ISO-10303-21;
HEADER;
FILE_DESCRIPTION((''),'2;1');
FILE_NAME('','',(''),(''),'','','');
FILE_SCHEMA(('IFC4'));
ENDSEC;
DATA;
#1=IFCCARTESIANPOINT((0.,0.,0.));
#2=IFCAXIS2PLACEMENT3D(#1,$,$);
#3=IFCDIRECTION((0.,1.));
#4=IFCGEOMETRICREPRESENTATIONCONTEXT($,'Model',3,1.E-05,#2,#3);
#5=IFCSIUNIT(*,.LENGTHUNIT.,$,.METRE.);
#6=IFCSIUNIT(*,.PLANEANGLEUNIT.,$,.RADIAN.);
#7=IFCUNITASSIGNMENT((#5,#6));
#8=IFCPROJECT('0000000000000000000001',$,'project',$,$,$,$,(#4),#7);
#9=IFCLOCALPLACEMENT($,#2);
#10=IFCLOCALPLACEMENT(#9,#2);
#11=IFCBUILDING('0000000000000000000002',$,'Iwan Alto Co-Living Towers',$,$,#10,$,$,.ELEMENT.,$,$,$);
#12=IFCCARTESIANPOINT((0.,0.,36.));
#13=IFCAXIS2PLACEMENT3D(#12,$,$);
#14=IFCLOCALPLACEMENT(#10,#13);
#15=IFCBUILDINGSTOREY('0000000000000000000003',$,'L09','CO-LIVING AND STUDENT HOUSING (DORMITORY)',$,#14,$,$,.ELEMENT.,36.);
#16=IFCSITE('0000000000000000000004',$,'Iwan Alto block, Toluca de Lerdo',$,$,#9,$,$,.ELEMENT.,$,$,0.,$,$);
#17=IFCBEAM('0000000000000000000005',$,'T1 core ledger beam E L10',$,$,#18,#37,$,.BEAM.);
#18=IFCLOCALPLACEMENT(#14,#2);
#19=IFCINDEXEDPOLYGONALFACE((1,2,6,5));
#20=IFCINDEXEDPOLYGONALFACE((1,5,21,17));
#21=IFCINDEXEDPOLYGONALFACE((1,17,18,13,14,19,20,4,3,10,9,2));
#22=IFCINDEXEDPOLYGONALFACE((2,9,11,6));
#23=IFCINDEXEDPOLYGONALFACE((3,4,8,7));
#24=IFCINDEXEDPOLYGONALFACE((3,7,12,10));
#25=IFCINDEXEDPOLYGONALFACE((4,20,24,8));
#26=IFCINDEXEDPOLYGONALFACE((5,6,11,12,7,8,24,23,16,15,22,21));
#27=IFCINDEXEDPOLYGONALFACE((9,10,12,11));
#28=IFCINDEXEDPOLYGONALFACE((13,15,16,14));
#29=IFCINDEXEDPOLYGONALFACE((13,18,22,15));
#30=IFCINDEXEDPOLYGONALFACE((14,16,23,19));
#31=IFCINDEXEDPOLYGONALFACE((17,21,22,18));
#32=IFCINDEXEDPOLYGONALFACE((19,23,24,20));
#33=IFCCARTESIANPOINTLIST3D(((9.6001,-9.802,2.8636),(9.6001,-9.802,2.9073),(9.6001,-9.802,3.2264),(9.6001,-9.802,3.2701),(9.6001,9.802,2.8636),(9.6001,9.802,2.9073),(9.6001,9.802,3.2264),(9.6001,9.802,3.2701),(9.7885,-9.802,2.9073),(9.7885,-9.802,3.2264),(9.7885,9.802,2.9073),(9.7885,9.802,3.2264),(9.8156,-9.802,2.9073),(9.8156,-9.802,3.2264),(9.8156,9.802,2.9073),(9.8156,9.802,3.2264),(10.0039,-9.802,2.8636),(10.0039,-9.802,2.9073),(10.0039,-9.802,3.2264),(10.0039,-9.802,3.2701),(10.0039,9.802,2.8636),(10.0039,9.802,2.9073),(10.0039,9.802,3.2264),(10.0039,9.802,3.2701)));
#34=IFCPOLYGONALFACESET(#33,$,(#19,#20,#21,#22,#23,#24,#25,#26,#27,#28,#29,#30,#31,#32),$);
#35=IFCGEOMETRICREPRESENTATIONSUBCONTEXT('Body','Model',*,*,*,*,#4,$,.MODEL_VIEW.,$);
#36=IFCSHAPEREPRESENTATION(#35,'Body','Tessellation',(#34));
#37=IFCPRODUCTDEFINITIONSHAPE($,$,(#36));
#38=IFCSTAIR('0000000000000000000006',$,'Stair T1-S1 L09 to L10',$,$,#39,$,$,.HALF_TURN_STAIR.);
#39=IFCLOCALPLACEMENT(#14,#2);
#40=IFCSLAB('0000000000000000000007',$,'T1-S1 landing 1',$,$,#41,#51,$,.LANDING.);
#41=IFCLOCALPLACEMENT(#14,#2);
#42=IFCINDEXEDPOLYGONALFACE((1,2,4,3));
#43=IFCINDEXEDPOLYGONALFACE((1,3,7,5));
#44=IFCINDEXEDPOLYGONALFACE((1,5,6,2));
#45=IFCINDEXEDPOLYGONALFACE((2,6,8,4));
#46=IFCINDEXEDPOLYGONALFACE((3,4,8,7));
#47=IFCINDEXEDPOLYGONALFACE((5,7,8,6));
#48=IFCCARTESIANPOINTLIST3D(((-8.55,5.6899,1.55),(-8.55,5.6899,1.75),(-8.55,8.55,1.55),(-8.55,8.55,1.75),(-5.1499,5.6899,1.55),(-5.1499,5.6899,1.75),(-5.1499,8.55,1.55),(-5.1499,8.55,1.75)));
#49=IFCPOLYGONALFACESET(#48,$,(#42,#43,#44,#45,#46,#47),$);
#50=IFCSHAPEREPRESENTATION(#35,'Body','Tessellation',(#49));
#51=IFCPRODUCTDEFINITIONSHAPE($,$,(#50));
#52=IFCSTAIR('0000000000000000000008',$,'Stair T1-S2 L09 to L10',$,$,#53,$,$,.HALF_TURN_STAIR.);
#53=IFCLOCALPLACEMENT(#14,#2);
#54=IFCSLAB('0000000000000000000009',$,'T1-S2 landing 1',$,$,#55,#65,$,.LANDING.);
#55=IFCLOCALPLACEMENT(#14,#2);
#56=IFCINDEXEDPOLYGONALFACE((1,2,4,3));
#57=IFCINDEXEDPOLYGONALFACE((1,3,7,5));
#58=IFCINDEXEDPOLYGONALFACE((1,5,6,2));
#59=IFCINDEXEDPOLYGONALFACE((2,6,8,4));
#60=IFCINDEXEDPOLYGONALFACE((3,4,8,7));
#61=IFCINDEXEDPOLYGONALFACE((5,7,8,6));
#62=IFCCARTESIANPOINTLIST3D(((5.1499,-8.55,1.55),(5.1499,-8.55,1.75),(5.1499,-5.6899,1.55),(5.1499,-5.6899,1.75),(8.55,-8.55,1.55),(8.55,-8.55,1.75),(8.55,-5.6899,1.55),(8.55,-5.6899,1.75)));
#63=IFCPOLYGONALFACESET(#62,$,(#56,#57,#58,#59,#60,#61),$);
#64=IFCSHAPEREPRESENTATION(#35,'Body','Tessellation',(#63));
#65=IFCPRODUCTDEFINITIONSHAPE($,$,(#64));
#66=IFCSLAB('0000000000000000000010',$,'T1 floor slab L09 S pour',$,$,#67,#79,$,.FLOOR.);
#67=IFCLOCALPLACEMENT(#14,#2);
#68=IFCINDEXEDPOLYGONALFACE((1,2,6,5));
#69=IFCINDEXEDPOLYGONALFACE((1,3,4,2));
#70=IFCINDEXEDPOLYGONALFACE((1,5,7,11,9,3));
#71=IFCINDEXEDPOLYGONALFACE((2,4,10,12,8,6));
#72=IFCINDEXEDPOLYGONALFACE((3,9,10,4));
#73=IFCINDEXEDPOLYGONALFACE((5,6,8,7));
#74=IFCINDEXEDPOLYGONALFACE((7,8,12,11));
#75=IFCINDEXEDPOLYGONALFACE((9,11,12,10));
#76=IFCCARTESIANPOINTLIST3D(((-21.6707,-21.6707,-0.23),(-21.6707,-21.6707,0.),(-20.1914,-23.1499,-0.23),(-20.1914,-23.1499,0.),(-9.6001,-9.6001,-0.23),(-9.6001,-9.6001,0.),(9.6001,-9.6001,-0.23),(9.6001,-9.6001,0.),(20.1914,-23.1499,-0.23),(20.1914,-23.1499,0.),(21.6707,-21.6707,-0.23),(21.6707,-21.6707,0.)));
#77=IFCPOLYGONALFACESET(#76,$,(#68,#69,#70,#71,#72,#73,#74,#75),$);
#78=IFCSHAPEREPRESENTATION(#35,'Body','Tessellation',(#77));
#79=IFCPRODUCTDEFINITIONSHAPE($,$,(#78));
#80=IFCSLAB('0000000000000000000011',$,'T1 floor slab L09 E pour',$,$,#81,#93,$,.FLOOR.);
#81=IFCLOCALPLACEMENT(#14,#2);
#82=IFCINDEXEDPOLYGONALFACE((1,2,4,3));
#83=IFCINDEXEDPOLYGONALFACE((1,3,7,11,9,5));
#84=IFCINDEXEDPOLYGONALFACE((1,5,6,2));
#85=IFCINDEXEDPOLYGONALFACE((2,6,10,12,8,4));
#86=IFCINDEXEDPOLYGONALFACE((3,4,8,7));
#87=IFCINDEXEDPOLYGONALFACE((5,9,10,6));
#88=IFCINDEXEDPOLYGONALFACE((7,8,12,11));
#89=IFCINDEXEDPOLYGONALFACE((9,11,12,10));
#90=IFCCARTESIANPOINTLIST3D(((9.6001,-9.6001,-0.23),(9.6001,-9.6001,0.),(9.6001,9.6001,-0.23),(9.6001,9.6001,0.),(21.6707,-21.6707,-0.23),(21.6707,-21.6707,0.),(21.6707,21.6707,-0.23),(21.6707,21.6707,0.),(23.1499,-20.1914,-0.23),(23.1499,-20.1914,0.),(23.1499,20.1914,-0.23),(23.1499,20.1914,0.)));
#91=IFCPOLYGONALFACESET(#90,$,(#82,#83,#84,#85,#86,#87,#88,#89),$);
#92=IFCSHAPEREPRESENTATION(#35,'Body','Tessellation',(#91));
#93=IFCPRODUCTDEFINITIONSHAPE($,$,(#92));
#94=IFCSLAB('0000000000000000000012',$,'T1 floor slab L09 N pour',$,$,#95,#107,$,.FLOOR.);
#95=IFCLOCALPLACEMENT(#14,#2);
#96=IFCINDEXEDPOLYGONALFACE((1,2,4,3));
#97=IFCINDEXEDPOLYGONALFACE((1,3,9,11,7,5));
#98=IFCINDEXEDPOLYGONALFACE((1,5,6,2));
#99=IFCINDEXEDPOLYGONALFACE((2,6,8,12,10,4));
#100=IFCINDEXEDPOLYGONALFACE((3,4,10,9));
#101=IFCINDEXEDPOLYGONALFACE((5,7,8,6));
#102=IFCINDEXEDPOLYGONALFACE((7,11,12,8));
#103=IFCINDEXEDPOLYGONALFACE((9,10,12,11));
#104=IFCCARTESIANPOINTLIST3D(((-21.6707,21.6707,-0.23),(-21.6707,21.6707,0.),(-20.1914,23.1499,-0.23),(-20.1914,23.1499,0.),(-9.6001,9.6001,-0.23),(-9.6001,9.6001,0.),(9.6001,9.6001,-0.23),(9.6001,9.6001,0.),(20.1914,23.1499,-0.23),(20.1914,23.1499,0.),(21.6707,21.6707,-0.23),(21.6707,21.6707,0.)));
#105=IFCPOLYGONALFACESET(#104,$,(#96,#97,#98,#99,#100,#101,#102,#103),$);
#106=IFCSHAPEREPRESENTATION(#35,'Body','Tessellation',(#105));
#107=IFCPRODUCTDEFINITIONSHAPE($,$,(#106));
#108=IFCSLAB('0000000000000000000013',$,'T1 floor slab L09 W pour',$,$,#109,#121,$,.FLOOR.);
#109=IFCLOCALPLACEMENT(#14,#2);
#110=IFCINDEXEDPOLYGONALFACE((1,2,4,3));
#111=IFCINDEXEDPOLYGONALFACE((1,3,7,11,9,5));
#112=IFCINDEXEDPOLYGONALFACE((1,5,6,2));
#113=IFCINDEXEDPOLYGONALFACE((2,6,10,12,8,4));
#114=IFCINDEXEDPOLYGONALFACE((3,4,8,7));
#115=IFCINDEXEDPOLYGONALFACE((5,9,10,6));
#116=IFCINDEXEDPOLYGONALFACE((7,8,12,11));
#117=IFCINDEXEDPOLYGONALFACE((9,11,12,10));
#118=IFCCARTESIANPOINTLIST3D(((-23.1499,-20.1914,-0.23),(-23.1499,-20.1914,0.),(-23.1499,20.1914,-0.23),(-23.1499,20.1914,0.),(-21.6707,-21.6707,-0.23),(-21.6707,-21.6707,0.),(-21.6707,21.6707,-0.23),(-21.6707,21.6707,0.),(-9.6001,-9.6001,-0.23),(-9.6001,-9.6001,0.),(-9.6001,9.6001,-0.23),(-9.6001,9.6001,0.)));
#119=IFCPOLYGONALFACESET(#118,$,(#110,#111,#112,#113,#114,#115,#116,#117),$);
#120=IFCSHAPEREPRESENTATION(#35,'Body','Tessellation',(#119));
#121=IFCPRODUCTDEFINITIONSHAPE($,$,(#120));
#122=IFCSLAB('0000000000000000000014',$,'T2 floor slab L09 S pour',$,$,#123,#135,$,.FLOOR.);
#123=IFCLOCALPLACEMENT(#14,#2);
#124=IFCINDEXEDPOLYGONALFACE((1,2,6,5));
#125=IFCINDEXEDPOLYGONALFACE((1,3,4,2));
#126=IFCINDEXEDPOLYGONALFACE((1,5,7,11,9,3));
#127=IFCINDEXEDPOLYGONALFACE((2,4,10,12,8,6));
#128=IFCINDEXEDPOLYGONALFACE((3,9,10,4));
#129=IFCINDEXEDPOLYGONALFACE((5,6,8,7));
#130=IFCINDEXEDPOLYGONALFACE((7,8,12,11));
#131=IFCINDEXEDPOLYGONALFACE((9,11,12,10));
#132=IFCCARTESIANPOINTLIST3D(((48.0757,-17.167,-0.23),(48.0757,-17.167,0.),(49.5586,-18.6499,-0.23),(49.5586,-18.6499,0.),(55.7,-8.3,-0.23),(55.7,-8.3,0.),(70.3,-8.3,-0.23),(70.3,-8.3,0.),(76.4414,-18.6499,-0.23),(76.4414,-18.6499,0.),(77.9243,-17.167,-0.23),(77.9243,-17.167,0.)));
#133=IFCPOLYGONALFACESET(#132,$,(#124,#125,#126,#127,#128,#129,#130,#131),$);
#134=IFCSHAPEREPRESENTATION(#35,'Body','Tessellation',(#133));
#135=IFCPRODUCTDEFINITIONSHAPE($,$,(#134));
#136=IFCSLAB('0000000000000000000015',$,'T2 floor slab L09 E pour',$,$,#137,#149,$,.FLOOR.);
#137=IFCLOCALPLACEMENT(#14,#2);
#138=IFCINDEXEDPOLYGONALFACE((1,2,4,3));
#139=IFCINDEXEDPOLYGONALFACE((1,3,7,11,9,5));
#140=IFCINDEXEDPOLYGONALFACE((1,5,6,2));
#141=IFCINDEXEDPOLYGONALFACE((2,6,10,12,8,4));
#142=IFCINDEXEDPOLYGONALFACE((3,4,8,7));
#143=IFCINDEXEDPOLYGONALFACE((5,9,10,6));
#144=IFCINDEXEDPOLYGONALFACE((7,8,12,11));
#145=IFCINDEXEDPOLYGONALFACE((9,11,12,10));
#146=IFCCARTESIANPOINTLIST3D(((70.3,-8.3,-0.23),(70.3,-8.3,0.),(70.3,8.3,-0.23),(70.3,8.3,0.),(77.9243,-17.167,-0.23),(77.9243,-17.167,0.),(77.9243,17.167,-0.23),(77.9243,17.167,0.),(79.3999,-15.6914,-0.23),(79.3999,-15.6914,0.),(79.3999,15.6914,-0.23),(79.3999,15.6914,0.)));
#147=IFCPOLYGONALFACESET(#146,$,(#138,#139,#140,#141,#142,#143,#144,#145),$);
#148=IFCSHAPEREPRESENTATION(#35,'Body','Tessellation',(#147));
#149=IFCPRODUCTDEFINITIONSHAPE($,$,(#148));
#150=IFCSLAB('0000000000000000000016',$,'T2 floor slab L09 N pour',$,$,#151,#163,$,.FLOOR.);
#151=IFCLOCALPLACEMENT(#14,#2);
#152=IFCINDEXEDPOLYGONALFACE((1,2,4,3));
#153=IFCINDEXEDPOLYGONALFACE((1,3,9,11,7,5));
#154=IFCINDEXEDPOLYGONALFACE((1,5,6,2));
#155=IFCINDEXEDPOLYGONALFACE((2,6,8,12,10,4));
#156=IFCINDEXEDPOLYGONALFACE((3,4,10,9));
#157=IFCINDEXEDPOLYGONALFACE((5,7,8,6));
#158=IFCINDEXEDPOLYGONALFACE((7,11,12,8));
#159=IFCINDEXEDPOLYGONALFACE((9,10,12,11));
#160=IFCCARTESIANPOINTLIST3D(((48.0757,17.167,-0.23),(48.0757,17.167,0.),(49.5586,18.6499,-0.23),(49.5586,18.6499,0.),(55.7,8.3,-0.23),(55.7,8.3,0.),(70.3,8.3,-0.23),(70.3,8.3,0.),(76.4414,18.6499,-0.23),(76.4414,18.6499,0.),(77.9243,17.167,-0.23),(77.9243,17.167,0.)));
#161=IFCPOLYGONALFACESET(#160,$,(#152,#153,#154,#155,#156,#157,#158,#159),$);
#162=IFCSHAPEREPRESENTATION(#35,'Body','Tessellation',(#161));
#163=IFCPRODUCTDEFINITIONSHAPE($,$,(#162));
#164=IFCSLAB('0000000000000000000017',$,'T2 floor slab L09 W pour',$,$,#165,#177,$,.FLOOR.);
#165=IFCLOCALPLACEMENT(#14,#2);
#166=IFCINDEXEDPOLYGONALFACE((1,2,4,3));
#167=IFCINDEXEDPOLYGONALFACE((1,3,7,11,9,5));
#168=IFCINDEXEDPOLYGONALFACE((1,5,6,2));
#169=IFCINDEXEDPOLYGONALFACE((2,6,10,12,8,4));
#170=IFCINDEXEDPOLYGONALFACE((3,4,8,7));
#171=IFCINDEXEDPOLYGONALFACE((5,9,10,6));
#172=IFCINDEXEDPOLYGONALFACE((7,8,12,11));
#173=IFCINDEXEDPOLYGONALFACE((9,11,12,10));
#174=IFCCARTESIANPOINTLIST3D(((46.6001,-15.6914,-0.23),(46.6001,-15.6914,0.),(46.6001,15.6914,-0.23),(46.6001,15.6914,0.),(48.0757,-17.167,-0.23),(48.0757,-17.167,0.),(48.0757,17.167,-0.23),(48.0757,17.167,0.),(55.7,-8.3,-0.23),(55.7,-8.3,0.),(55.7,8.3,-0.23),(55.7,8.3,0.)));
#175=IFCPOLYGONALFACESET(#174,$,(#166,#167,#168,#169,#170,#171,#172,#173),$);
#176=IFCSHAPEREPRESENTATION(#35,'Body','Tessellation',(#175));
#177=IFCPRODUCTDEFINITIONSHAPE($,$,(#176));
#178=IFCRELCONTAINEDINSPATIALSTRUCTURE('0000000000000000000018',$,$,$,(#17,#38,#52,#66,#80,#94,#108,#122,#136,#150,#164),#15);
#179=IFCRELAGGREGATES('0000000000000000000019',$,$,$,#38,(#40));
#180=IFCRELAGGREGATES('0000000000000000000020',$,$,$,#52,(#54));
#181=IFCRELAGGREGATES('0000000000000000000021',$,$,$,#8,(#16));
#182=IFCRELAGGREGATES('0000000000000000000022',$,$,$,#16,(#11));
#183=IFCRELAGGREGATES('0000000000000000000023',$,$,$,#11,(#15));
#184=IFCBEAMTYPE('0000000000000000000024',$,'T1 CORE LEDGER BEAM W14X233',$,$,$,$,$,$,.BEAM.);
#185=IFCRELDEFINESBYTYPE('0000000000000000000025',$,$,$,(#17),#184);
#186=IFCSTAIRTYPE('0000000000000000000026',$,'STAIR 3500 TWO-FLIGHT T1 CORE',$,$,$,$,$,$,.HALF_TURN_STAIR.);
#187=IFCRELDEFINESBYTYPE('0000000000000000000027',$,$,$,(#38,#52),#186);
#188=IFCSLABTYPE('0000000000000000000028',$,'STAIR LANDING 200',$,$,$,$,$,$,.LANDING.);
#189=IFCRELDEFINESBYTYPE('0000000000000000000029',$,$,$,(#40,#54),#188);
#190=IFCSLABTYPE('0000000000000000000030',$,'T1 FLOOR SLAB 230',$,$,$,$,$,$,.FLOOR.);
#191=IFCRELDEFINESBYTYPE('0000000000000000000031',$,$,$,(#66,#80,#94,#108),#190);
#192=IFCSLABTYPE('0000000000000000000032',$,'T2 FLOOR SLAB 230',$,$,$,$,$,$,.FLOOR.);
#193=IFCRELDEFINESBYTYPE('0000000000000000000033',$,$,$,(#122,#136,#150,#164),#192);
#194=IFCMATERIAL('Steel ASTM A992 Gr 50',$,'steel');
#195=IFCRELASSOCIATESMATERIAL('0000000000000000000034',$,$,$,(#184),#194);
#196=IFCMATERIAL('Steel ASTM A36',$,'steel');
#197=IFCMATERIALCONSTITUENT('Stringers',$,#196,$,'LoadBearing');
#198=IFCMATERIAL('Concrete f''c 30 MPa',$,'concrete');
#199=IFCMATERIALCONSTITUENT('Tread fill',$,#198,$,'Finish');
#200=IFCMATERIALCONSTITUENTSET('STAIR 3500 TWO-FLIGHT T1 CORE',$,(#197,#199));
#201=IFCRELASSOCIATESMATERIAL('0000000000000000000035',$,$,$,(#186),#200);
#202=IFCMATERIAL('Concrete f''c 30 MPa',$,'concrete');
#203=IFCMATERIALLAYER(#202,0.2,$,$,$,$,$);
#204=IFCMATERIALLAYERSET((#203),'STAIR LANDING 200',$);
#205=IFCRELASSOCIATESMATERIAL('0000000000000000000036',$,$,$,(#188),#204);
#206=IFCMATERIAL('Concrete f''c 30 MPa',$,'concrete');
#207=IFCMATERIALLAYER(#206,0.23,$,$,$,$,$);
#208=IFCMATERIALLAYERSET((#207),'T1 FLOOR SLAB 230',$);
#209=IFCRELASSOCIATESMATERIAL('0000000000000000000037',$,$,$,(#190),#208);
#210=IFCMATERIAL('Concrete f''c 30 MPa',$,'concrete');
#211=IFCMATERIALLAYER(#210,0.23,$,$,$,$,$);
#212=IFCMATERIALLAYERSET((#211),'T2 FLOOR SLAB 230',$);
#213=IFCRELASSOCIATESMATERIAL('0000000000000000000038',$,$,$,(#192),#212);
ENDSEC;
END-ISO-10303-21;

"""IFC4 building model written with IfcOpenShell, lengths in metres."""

from ifc_helpers import new_model, si_unit, direction, frame, origin, origin_2d, place, context, subcontext, project, spatial, polyline, i_section, outline, extrude, material, layer, layer_set, constituent, constituent_set, material_profile, profile_set, type_object, element, aggregate, save


model = new_model("IFC4")

# Units and contexts
model_context = context("Model", 3, precision=1e-05, world=origin(), true_north=direction((0.0, 1.0)))
body_context = subcontext(model_context, "Body", "Model", "MODEL_VIEW")
ifc_project = project(units=[si_unit("LENGTHUNIT", "METRE"), si_unit("PLANEANGLEUNIT", "RADIAN")], contexts=[model_context])

# Site, building, storey
site_placement = place(None, origin())
site = spatial("IfcSite", under=ifc_project, at=site_placement, Name="Iwan Alto block, Toluca de Lerdo", CompositionType="ELEMENT", RefElevation=0.0)
building_placement = place(site_placement, origin())
building = spatial("IfcBuilding", under=site, at=building_placement, Name="Iwan Alto Co-Living Towers", CompositionType="ELEMENT")
storey_placement = place(building_placement, frame((0.0, 0.0, 36.0)))
storey = spatial("IfcBuildingStorey", under=building, at=storey_placement, Name="L09", Description="CO-LIVING AND STUDENT HOUSING (DORMITORY)", CompositionType="ELEMENT", Elevation=36.0)

# Beam
ifc_material_1 = material(Name="Steel ASTM A992 Gr 50", Category="steel")
ifc_material_profile = material_profile(ifc_material_1, i_section(OverallWidth=0.4038, OverallDepth=0.4065, WebThickness=0.0271, FlangeThickness=0.0437, at=origin_2d()), Name="W14X233")
ifc_profile_set = profile_set([ifc_material_profile], Name="Steel ASTM A992 Gr 50")
beam_type = type_object("IfcBeamType", Name="T1 CORE LEDGER BEAM W14X233", PredefinedType="BEAM", material=ifc_profile_set)
beam_placement = place(storey_placement, frame((9.802, -9.802, 3.0669), z_axis=(0.0, 1.0, 0.0), x_axis=(-1.0, 0.0, 0.0)))
element("IfcBeam", 1, at=beam_placement, inside=storey, type_object=beam_type, Name="T1 core ledger beam E L10", PredefinedType="BEAM", context=body_context, shape_type="SweptSolid", body=[
    extrude(i_section(OverallWidth=0.4038, OverallDepth=0.4065, WebThickness=0.0271, FlangeThickness=0.0437, at=origin_2d()), origin(), (0.0, 0.0, 1.0), 19.604),
])

# Stairs, slabs
ifc_material_2 = material(Name="Steel ASTM A36", Category="steel")
ifc_constituent_1 = constituent(ifc_material_2, Name="Stringers", Category="LoadBearing")
ifc_material_3 = material(Name="Concrete f'c 30 MPa", Category="concrete")
ifc_constituent_2 = constituent(ifc_material_3, Name="Tread fill", Category="Finish")
ifc_constituent_set_1 = constituent_set(constituents=[ifc_constituent_1, ifc_constituent_2], Name="STAIR 3500 TWO-FLIGHT T1 CORE")
stair_type = type_object("IfcStairType", Name="STAIR 3500 TWO-FLIGHT T1 CORE", PredefinedType="HALF_TURN_STAIR", material=ifc_constituent_set_1)
stair_1_placement = place(storey_placement, origin())
stair_1 = element("IfcStair", 2, at=stair_1_placement, inside=storey, type_object=stair_type, Name="Stair T1-S1 L09 to L10", PredefinedType="HALF_TURN_STAIR")
ifc_material_4 = material(Name="Concrete f'c 30 MPa", Category="concrete")
ifc_layer_1 = layer(ifc_material_4, 0.2)
ifc_layer_set_1 = layer_set([ifc_layer_1], Name="STAIR LANDING 200")
slab_type_1 = type_object("IfcSlabType", Name="STAIR LANDING 200", PredefinedType="LANDING", material=ifc_layer_set_1)
slab_1_placement = place(storey_placement, frame((0.0, 0.0, 1.55)))
slab_1 = element("IfcSlab", 3, at=slab_1_placement, type_object=slab_type_1, Name="T1-S1 landing 1", PredefinedType="LANDING", context=body_context, shape_type="SweptSolid", body=[
    extrude(outline(polyline([(-8.55, 5.6899), (-8.55, 8.55), (-5.1499, 8.55), (-5.1499, 5.6899), (-8.55, 5.6899)])), origin(), (0.0, 0.0, 1.0), 0.2),
])
aggregate(stair_1, [slab_1])
stair_2_placement = place(storey_placement, origin())
stair_2 = element("IfcStair", 4, at=stair_2_placement, inside=storey, type_object=stair_type, Name="Stair T1-S2 L09 to L10", PredefinedType="HALF_TURN_STAIR")
slab_2_placement = place(storey_placement, frame((0.0, 0.0, 1.55)))
slab_2 = element("IfcSlab", 5, at=slab_2_placement, type_object=slab_type_1, Name="T1-S2 landing 1", PredefinedType="LANDING", context=body_context, shape_type="SweptSolid", body=[
    extrude(outline(polyline([(5.1499, -5.6899), (5.1499, -8.55), (8.55, -8.55), (8.55, -5.6899), (5.1499, -5.6899)])), origin(), (0.0, 0.0, 1.0), 0.2),
])

# Slabs
ifc_material_5 = material(Name="Concrete f'c 30 MPa", Category="concrete")
ifc_layer_2 = layer(ifc_material_5, 0.23)
ifc_layer_set_2 = layer_set([ifc_layer_2], Name="T1 FLOOR SLAB 230")
slab_type_2 = type_object("IfcSlabType", Name="T1 FLOOR SLAB 230", PredefinedType="FLOOR", material=ifc_layer_set_2)
slab_3_placement = place(storey_placement, frame((0.0, 0.0, -0.23)))
element("IfcSlab", 6, at=slab_3_placement, inside=storey, type_object=slab_type_2, Name="T1 floor slab L09 S pour", PredefinedType="FLOOR", context=body_context, shape_type="SweptSolid", body=[
    extrude(outline(polyline([(20.1914, -23.1499), (-20.1914, -23.1499), (-21.6707, -21.6707), (-9.6001, -9.6001), (9.6001, -9.6001), (21.6707, -21.6707), (20.1914, -23.1499)])), origin(), (0.0, 0.0, 1.0), 0.23),
])
slab_4_placement = place(storey_placement, frame((0.0, 0.0, -0.23)))
element("IfcSlab", 7, at=slab_4_placement, inside=storey, type_object=slab_type_2, Name="T1 floor slab L09 E pour", PredefinedType="FLOOR", context=body_context, shape_type="SweptSolid", body=[
    extrude(outline(polyline([(23.1499, 20.1914), (23.1499, -20.1914), (21.6707, -21.6707), (9.6001, -9.6001), (9.6001, 9.6001), (21.6707, 21.6707), (23.1499, 20.1914)])), origin(), (0.0, 0.0, 1.0), 0.23),
])
slab_5_placement = place(storey_placement, frame((0.0, 0.0, -0.23)))
element("IfcSlab", 8, at=slab_5_placement, inside=storey, type_object=slab_type_2, Name="T1 floor slab L09 N pour", PredefinedType="FLOOR", context=body_context, shape_type="SweptSolid", body=[
    extrude(outline(polyline([(-20.1914, 23.1499), (20.1914, 23.1499), (21.6707, 21.6707), (9.6001, 9.6001), (-9.6001, 9.6001), (-21.6707, 21.6707), (-20.1914, 23.1499)])), origin(), (0.0, 0.0, 1.0), 0.23),
])
slab_6_placement = place(storey_placement, frame((0.0, 0.0, -0.23)))
element("IfcSlab", 9, at=slab_6_placement, inside=storey, type_object=slab_type_2, Name="T1 floor slab L09 W pour", PredefinedType="FLOOR", context=body_context, shape_type="SweptSolid", body=[
    extrude(outline(polyline([(-23.1499, 20.1914), (-21.6707, 21.6707), (-9.6001, 9.6001), (-9.6001, -9.6001), (-21.6707, -21.6707), (-23.1499, -20.1914), (-23.1499, 20.1914)])), origin(), (0.0, 0.0, 1.0), 0.23),
])
ifc_material_6 = material(Name="Concrete f'c 30 MPa", Category="concrete")
ifc_layer_3 = layer(ifc_material_6, 0.23)
ifc_layer_set_3 = layer_set([ifc_layer_3], Name="T2 FLOOR SLAB 230")
slab_type_3 = type_object("IfcSlabType", Name="T2 FLOOR SLAB 230", PredefinedType="FLOOR", material=ifc_layer_set_3)
slab_7_placement = place(storey_placement, frame((0.0, 0.0, -0.23)))
element("IfcSlab", 10, at=slab_7_placement, inside=storey, type_object=slab_type_3, Name="T2 floor slab L09 S pour", PredefinedType="FLOOR", context=body_context, shape_type="SweptSolid", body=[
    extrude(outline(polyline([(76.4414, -18.6499), (49.5586, -18.6499), (48.0757, -17.167), (55.7, -8.3), (70.3, -8.3), (77.9243, -17.167), (76.4414, -18.6499)])), origin(), (0.0, 0.0, 1.0), 0.23),
])
slab_8_placement = place(storey_placement, frame((0.0, 0.0, -0.23)))
element("IfcSlab", 11, at=slab_8_placement, inside=storey, type_object=slab_type_3, Name="T2 floor slab L09 E pour", PredefinedType="FLOOR", context=body_context, shape_type="SweptSolid", body=[
    extrude(outline(polyline([(79.3999, 15.6914), (79.3999, -15.6914), (77.9243, -17.167), (70.3, -8.3), (70.3, 8.3), (77.9243, 17.167), (79.3999, 15.6914)])), origin(), (0.0, 0.0, 1.0), 0.23),
])
slab_9_placement = place(storey_placement, frame((0.0, 0.0, -0.23)))
element("IfcSlab", 12, at=slab_9_placement, inside=storey, type_object=slab_type_3, Name="T2 floor slab L09 N pour", PredefinedType="FLOOR", context=body_context, shape_type="SweptSolid", body=[
    extrude(outline(polyline([(49.5586, 18.6499), (76.4414, 18.6499), (77.9243, 17.167), (70.3, 8.3), (55.7, 8.3), (48.0757, 17.167), (49.5586, 18.6499)])), origin(), (0.0, 0.0, 1.0), 0.23),
])
slab_10_placement = place(storey_placement, frame((0.0, 0.0, -0.23)))
element("IfcSlab", 13, at=slab_10_placement, inside=storey, type_object=slab_type_3, Name="T2 floor slab L09 W pour", PredefinedType="FLOOR", context=body_context, shape_type="SweptSolid", body=[
    extrude(outline(polyline([(46.6001, 15.6914), (48.0757, 17.167), (55.7, 8.3), (55.7, -8.3), (48.0757, -17.167), (46.6001, -15.6914), (46.6001, 15.6914)])), origin(), (0.0, 0.0, 1.0), 0.23),
])

aggregate(stair_2, [slab_2])

save(model, "model.ifc")
